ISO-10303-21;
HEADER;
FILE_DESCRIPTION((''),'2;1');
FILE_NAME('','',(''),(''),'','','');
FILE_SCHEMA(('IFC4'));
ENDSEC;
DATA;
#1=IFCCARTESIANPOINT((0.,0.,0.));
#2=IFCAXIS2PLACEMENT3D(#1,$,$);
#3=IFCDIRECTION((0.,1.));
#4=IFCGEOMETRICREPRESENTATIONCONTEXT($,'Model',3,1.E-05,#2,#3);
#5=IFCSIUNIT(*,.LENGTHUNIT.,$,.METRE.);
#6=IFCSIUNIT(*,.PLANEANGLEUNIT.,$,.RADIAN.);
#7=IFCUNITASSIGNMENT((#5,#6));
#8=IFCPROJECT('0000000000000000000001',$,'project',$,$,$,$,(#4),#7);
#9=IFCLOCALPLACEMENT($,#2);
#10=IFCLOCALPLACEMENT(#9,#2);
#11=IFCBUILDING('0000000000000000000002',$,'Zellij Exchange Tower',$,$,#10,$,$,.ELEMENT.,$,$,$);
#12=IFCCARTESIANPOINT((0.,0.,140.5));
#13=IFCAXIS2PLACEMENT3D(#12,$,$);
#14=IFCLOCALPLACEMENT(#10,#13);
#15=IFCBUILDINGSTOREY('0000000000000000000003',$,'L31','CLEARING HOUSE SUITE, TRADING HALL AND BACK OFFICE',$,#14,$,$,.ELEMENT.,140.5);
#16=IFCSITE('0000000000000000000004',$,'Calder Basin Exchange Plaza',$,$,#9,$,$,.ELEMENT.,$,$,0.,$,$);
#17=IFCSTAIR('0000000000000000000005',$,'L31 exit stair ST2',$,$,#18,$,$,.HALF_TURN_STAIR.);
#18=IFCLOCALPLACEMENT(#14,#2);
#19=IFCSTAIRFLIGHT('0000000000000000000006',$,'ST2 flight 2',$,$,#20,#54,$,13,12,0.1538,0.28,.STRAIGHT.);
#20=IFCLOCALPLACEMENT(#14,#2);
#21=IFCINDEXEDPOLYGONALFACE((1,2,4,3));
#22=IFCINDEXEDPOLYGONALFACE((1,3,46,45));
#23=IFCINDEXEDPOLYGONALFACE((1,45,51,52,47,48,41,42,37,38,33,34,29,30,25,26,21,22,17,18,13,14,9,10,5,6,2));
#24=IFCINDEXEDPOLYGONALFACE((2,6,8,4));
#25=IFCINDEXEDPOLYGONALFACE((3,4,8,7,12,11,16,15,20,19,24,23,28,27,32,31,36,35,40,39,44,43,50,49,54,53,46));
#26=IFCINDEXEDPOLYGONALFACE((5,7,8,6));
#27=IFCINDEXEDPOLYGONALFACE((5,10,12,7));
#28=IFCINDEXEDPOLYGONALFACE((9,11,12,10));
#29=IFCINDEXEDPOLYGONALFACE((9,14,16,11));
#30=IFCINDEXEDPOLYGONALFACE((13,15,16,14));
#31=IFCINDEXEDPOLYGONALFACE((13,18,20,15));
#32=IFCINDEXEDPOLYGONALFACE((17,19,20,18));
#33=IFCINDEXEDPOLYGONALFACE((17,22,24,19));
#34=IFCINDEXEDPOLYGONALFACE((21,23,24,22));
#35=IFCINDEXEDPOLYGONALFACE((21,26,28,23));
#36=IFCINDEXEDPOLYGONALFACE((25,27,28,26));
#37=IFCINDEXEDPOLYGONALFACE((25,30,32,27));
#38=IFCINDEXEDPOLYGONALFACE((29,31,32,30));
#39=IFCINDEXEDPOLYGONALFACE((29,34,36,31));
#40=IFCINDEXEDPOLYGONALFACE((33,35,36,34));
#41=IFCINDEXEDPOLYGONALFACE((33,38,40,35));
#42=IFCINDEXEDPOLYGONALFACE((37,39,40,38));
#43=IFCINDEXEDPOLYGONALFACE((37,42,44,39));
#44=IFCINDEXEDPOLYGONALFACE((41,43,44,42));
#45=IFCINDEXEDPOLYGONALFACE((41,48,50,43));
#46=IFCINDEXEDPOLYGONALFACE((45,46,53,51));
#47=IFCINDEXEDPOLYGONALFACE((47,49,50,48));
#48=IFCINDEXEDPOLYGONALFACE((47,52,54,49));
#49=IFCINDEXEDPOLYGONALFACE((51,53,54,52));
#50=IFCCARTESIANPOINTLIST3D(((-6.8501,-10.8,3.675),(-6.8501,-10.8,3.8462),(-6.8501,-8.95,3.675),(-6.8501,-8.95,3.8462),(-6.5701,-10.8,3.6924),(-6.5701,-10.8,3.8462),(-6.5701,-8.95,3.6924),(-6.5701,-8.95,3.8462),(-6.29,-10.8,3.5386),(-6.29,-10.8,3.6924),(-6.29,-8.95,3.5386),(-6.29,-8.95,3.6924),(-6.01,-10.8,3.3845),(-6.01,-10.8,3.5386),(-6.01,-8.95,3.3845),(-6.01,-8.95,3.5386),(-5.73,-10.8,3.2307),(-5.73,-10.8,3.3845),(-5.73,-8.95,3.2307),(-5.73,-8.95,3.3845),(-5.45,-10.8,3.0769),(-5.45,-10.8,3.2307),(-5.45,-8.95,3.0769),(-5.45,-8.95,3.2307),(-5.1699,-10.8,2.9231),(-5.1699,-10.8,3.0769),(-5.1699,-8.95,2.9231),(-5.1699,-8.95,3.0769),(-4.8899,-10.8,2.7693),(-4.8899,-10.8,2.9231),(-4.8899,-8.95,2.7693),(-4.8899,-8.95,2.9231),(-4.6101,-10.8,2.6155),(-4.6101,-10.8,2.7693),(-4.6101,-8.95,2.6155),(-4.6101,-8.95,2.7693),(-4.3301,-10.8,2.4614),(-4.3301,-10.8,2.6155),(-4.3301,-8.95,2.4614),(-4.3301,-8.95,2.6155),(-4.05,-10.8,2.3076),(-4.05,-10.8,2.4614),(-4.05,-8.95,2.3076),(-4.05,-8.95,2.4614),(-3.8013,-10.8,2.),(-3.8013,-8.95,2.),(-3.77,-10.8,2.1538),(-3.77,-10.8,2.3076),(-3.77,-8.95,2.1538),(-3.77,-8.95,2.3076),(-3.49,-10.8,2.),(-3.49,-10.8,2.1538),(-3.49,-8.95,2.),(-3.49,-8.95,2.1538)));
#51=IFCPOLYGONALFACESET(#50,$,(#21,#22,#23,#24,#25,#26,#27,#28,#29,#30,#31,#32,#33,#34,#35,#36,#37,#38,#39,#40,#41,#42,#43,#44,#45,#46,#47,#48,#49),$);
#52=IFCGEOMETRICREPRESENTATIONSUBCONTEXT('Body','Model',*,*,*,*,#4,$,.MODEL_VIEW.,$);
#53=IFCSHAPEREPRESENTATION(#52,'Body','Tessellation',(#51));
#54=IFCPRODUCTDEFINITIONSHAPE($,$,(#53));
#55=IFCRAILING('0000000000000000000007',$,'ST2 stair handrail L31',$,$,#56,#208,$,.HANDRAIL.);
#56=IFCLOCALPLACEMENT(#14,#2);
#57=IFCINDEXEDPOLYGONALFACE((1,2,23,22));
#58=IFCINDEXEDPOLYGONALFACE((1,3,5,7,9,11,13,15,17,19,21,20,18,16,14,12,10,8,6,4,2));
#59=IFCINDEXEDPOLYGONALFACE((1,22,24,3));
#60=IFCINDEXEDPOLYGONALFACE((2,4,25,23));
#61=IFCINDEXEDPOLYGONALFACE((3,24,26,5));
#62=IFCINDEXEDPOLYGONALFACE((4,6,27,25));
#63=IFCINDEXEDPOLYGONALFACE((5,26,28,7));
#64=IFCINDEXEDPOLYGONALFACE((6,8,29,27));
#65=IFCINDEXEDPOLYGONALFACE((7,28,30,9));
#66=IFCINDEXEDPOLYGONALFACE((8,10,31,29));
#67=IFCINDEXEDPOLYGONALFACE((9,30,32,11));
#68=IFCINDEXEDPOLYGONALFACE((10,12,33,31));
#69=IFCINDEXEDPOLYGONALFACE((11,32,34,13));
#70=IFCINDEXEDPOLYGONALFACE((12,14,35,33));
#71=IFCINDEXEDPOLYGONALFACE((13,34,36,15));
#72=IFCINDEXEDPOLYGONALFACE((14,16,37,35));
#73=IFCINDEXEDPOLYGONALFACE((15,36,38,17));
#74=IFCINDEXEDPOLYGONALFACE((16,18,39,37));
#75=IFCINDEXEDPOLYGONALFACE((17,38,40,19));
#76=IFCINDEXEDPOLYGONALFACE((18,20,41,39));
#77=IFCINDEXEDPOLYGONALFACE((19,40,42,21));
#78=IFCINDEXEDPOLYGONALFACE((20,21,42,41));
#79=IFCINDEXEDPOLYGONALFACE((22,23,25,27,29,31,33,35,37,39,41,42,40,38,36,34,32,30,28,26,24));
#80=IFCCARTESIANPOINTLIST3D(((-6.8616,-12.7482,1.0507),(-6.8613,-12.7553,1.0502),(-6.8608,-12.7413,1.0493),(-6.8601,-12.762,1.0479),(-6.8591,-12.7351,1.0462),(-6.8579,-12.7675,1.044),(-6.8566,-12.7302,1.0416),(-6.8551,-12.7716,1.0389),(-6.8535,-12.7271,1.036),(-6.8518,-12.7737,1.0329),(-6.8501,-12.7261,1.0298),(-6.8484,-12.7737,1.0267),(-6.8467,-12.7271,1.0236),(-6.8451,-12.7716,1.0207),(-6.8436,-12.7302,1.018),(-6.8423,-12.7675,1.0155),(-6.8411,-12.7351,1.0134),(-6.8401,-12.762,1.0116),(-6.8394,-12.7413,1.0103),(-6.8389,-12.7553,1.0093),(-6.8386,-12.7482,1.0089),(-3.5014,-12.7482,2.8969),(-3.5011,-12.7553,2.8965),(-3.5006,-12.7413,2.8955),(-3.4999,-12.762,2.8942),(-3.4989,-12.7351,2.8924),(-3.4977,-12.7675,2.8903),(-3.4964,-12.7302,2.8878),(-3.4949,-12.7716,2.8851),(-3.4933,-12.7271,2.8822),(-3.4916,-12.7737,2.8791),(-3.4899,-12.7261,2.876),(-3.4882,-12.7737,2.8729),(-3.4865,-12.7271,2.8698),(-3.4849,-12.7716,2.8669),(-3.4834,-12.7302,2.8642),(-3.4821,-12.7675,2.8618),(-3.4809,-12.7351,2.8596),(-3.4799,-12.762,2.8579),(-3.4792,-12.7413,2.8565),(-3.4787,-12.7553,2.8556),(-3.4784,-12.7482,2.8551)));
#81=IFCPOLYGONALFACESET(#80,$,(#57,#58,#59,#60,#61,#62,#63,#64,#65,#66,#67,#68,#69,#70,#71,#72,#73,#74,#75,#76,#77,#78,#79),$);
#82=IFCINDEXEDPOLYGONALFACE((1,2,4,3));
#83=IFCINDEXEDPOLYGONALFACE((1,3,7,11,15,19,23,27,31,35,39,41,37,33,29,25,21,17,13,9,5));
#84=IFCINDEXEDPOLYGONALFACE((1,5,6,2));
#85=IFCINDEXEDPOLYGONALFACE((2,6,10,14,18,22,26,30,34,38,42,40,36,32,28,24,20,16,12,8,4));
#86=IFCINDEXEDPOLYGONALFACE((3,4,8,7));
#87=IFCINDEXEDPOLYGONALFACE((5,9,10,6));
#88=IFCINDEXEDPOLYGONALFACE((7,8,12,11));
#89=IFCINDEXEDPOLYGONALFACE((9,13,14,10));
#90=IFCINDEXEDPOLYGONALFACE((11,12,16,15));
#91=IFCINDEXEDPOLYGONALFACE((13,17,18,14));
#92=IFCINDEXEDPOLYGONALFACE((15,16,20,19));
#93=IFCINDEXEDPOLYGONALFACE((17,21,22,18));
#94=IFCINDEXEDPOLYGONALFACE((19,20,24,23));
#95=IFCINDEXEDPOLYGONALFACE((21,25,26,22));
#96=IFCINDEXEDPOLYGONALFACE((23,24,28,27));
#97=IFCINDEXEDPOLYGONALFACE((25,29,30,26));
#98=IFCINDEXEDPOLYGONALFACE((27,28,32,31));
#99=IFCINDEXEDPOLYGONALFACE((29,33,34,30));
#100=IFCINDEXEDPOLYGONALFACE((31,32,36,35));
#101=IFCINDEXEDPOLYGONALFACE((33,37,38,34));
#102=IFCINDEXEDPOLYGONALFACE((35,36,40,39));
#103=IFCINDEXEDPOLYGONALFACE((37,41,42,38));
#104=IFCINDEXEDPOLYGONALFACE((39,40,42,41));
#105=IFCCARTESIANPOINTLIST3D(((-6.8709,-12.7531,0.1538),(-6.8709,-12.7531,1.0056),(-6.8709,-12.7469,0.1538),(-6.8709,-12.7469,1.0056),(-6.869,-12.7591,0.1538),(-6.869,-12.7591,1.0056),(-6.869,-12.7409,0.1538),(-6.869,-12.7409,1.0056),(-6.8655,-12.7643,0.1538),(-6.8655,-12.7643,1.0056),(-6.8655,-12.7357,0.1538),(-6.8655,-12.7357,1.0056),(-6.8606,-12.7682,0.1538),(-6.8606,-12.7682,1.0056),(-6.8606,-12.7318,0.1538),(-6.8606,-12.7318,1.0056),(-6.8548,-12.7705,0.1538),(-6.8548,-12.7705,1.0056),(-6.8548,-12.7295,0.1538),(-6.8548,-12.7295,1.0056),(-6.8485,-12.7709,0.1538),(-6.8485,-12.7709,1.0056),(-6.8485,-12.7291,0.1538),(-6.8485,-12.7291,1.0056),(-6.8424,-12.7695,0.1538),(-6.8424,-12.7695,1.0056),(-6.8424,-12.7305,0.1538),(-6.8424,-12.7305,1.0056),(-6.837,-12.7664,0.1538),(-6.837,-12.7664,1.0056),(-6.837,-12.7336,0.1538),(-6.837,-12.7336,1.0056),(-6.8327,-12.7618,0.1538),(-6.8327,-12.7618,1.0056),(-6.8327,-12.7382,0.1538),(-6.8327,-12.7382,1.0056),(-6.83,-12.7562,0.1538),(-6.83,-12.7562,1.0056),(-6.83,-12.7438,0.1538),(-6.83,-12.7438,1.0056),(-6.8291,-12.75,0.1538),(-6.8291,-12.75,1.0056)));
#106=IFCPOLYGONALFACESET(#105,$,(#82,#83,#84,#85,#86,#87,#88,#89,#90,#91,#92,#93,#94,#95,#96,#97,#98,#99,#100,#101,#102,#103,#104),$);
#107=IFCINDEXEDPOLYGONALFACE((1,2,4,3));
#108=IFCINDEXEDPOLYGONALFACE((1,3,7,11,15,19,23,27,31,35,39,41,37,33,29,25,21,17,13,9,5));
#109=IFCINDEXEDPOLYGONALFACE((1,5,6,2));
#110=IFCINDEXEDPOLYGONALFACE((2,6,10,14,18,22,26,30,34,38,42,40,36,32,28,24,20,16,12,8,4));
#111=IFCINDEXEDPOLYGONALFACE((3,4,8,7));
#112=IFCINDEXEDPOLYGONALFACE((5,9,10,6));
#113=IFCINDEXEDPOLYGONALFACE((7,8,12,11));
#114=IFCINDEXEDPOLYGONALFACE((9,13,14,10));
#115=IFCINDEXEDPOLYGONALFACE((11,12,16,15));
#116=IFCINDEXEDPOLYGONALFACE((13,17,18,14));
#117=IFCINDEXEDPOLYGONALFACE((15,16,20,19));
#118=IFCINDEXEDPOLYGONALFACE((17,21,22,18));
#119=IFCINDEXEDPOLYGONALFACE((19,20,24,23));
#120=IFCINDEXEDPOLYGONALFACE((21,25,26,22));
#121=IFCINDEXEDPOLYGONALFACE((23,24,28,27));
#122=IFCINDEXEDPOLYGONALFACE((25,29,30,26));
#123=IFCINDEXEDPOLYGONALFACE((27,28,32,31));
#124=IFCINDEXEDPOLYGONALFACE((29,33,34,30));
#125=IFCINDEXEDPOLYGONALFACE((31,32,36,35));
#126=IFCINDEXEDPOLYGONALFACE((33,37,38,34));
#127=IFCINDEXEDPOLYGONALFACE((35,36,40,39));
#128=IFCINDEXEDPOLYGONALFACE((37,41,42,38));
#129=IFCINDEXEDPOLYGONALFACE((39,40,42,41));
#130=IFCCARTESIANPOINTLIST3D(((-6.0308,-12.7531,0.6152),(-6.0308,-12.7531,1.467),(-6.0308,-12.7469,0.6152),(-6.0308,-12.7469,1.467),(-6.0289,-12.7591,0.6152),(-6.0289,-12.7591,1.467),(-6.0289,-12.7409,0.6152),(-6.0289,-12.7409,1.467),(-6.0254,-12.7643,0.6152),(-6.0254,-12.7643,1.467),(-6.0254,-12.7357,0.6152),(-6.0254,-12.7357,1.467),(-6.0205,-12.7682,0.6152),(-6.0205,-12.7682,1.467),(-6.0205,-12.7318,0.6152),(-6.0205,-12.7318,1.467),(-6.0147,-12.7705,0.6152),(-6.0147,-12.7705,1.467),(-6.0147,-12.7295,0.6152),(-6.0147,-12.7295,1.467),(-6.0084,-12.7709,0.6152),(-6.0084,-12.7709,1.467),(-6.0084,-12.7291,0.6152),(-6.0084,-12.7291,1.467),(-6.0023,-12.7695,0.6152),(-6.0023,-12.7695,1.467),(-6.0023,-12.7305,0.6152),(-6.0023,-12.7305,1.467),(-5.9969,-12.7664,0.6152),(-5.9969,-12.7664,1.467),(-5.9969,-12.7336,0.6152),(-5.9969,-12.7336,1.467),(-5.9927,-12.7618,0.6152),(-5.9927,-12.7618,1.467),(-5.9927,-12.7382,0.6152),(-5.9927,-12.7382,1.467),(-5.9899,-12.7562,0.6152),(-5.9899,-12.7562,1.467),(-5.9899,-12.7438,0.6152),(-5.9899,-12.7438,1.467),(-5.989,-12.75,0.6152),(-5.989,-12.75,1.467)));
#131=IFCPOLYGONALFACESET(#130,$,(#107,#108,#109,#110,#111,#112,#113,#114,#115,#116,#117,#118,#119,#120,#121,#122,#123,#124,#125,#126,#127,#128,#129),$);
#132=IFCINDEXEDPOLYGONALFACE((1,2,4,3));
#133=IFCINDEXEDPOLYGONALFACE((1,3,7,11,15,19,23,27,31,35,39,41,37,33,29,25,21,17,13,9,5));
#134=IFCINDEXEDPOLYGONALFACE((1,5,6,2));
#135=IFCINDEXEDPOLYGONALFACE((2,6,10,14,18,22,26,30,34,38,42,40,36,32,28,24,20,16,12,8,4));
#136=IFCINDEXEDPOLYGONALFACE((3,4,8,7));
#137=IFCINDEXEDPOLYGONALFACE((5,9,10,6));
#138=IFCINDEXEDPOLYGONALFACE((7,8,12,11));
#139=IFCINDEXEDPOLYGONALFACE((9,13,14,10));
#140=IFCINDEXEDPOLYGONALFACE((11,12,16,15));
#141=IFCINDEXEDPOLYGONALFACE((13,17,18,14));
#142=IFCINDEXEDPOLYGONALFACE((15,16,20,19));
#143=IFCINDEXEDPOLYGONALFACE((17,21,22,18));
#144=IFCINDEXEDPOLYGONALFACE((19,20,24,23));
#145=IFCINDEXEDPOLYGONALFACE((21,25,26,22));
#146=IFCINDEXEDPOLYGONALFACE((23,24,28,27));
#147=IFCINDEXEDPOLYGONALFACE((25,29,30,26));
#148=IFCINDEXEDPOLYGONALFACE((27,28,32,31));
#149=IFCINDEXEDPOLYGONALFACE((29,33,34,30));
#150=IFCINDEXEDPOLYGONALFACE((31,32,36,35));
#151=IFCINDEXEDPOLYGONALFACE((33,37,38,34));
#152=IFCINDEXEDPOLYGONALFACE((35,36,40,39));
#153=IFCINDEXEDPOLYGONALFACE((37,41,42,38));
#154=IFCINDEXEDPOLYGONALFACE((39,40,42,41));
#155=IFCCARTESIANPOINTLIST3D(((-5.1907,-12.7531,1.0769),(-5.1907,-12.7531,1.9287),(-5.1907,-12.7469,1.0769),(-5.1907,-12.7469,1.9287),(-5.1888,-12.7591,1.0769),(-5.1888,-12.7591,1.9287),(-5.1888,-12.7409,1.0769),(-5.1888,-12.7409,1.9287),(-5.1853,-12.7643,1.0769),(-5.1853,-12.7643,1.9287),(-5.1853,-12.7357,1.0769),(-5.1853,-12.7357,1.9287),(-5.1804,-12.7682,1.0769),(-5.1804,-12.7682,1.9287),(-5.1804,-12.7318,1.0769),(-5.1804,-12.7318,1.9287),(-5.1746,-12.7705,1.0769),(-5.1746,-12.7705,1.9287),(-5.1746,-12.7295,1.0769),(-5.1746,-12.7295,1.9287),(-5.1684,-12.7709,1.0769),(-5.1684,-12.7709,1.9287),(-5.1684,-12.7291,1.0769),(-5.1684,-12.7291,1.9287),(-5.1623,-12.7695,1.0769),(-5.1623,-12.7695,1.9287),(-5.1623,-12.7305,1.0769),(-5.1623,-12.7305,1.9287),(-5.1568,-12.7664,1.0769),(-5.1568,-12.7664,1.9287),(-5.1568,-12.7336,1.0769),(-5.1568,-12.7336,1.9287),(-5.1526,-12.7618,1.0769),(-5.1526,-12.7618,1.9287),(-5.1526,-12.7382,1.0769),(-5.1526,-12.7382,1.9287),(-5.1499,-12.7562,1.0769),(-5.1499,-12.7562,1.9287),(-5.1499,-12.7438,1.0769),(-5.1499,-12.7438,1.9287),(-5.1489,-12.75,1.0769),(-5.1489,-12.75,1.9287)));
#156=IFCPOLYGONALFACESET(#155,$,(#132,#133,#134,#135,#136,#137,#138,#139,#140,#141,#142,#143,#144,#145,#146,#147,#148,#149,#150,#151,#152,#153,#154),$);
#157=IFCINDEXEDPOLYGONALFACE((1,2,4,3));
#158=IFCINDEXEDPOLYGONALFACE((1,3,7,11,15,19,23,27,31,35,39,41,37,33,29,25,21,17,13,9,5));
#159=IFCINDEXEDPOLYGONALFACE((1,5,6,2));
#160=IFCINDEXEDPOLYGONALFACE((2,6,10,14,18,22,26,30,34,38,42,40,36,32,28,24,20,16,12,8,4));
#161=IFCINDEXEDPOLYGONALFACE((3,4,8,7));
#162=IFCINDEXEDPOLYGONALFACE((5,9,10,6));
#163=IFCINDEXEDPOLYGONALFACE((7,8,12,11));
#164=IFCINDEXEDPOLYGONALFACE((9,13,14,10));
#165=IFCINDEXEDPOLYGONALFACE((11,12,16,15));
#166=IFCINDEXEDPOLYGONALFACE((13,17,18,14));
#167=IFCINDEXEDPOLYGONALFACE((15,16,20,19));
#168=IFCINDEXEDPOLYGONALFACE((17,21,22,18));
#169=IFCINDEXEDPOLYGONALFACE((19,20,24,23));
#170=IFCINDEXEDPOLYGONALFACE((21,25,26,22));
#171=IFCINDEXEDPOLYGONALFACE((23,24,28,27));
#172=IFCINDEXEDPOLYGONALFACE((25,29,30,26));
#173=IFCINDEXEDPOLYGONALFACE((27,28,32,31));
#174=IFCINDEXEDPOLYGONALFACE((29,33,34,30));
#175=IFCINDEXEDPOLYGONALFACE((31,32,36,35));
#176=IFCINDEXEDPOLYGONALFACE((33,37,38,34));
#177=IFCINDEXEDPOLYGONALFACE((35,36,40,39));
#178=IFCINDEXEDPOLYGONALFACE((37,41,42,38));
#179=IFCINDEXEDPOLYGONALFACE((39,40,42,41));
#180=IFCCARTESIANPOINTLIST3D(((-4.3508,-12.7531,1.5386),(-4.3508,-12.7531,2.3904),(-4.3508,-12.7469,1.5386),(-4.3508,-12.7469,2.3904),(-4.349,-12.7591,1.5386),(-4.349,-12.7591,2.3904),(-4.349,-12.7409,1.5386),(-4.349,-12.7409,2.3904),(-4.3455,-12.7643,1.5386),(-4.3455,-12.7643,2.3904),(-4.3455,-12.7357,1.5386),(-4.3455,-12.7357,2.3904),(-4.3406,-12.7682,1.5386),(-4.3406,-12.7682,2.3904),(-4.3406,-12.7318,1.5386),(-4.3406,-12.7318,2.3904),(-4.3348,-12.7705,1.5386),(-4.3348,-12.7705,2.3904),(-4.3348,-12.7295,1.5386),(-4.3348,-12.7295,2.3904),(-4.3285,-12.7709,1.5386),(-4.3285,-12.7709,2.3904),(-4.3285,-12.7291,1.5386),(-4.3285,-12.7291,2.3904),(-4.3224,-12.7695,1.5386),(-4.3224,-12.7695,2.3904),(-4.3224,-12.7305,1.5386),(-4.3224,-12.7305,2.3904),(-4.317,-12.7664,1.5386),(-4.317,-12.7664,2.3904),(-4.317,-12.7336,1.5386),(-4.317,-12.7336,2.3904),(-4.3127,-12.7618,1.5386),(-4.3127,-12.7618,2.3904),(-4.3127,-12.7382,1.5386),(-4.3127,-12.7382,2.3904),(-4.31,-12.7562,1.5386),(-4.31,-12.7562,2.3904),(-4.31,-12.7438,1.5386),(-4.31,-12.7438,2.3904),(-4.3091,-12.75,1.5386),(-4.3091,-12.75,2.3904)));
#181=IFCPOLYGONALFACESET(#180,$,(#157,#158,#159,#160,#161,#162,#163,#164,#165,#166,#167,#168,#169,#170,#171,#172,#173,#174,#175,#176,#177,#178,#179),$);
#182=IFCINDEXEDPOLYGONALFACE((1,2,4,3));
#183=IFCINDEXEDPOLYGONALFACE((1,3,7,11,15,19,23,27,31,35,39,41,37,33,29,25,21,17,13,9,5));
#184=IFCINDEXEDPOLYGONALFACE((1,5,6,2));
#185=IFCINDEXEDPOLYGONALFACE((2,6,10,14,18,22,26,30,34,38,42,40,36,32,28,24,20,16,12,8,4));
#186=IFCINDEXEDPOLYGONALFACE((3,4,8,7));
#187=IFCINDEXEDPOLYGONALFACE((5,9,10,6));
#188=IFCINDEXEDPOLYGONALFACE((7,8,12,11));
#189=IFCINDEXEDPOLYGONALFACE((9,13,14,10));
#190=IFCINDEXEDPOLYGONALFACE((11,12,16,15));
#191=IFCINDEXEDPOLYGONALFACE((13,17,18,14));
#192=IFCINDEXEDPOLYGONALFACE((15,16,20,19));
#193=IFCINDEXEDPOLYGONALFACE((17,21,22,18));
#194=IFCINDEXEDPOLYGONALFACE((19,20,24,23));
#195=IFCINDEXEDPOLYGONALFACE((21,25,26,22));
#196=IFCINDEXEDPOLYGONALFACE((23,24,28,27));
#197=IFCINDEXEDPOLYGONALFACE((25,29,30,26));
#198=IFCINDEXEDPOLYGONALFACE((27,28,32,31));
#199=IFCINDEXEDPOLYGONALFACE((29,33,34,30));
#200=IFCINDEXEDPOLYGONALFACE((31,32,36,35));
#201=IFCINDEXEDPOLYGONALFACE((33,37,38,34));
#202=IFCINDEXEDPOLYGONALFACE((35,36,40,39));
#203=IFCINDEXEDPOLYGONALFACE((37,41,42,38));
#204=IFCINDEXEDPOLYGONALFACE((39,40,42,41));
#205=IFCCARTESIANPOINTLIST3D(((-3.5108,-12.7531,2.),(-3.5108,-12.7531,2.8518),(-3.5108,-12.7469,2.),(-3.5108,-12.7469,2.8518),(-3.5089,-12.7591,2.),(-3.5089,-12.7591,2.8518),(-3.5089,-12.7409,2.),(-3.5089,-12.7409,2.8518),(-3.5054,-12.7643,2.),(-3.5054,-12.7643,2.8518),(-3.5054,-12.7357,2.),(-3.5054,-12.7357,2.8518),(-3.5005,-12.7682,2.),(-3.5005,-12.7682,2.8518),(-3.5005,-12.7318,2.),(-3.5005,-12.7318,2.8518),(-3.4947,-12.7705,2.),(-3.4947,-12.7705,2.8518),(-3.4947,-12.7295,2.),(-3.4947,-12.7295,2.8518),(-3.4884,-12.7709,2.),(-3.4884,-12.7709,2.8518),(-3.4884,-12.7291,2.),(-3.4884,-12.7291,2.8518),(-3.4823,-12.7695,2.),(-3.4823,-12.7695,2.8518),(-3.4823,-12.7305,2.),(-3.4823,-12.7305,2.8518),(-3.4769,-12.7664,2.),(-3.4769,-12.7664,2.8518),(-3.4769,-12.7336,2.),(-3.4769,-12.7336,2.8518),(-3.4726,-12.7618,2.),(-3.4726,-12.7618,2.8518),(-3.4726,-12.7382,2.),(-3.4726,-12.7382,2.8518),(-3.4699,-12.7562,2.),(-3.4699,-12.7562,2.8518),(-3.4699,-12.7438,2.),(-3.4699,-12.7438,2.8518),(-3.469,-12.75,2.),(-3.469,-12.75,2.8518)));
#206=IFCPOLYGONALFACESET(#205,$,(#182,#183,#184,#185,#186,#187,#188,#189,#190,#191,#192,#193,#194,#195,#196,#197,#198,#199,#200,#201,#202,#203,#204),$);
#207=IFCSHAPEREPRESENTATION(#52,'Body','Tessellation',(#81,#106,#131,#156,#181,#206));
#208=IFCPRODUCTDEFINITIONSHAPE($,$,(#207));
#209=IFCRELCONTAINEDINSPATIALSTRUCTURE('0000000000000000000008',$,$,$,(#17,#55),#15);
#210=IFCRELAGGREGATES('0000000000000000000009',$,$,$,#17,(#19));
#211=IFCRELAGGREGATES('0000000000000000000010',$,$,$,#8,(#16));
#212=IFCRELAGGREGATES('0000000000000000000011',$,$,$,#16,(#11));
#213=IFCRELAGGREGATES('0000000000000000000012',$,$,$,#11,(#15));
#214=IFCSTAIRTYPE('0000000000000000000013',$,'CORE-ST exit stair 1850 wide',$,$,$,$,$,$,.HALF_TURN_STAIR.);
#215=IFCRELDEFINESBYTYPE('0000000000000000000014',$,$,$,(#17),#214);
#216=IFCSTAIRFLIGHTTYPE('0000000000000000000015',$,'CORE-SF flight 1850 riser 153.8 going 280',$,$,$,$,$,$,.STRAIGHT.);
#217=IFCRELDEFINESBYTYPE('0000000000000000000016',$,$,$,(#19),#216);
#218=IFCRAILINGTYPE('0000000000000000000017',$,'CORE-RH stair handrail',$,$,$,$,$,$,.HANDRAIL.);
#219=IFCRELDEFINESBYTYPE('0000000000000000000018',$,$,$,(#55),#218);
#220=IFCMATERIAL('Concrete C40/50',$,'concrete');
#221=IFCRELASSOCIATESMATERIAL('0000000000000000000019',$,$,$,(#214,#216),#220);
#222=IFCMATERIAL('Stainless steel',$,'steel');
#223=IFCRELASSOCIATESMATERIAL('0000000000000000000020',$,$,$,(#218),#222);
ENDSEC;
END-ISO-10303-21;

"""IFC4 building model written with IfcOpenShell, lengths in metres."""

from ifc_helpers import new_model, si_unit, direction, frame, origin, origin_2d, place, context, subcontext, project, spatial, polyline, circle, outline, extrude, material, type_object, element, aggregate, save


model = new_model("IFC4")

# Units and contexts
model_context = context("Model", 3, precision=1e-05, world=origin(), true_north=direction((0.0, 1.0)))
body_context = subcontext(model_context, "Body", "Model", "MODEL_VIEW")
ifc_project = project(units=[si_unit("LENGTHUNIT", "METRE"), si_unit("PLANEANGLEUNIT", "RADIAN")], contexts=[model_context])

# Site, building, storey
site_placement = place(None, origin())
site = spatial("IfcSite", under=ifc_project, at=site_placement, Name="Calder Basin Exchange Plaza", CompositionType="ELEMENT", RefElevation=0.0)
building_placement = place(site_placement, origin())
building = spatial("IfcBuilding", under=site, at=building_placement, Name="Zellij Exchange Tower", CompositionType="ELEMENT")
storey_placement = place(building_placement, frame((0.0, 0.0, 140.5)))
storey = spatial("IfcBuildingStorey", under=building, at=storey_placement, Name="L31", Description="CLEARING HOUSE SUITE, TRADING HALL AND BACK OFFICE", CompositionType="ELEMENT", Elevation=140.5)

# Stair, stair flight
ifc_material_1 = material(Name="Concrete C40/50", Category="concrete")
stair_type = type_object("IfcStairType", Name="CORE-ST exit stair 1850 wide", PredefinedType="HALF_TURN_STAIR", material=ifc_material_1)
stair_placement = place(storey_placement, origin())
stair = element("IfcStair", 1, at=stair_placement, inside=storey, type_object=stair_type, Name="L31 exit stair ST2", PredefinedType="HALF_TURN_STAIR")
stair_flight_type = type_object("IfcStairFlightType", Name="CORE-SF flight 1850 riser 153.8 going 280", PredefinedType="STRAIGHT", material=ifc_material_1)
stair_flight_1_placement = place(storey_placement, frame((-3.49, -9.875, 2.0), z_axis=(0.0, 0.0, 1.0), x_axis=(-1.0, 0.0, 0.0)))
stair_flight_1 = element("IfcStairFlight", 2, at=stair_flight_1_placement, type_object=stair_flight_type, Name="ST2 flight 2", NumberOfRisers=13, NumberOfTreads=12, PredefinedType="STRAIGHT", RiserHeight=0.1538, TreadLength=0.28, context=body_context, shape_type="SweptSolid", body=[
    extrude(outline(polyline([(0.0, 0.0), (0.0, 0.1538), (0.28, 0.1538), (0.28, 0.3076), (0.5601, 0.3076), (0.5601, 0.4614), (0.8401, 0.4614), (0.8401, 0.6155), (1.1201, 0.6155), (1.1201, 0.7693), (1.3999, 0.7693), (1.3999, 0.9231), (1.6799, 0.9231), (1.6799, 1.0769), (1.96, 1.0769), (1.96, 1.2307), (2.24, 1.2307), (2.24, 1.3845), (2.52, 1.3845), (2.52, 1.5386), (2.8, 1.5386), (2.8, 1.6924), (3.0801, 1.6924), (3.0801, 1.8462), (3.3601, 1.8462), (3.3601, 2.0), (3.3601, 1.675), (0.3113, 0.0), (0.0, 0.0)])), frame((0.0, 0.925, 0.0), z_axis=(0.0, -1.0, 0.0), x_axis=(1.0, 0.0, 0.0)), (0.0, 0.0, 1.0), 1.8501),
])
aggregate(stair, [stair_flight_1])

# Railing
ifc_material_2 = material(Name="Stainless steel", Category="steel")
railing_type_1 = type_object("IfcRailingType", Name="CORE-RH stair handrail", PredefinedType="HANDRAIL", material=ifc_material_2)
railing_1_placement = place(storey_placement, frame((-6.8501, -12.75, 0.1538)))
element("IfcRailing", 3, at=railing_1_placement, inside=storey, type_object=railing_type_1, Name="ST2 stair handrail L31", PredefinedType="HANDRAIL", context=body_context, shape_type="SweptSolid", body=[
    extrude(circle(Radius=0.0239, at=origin_2d()), frame((0.0, 0.0, 0.876), z_axis=(0.876422, 0.0, 0.481545), x_axis=(0.0, 1.0, 0.0)), (0.0, 0.0, 1.0), 3.834),
    extrude(circle(Radius=0.021, at=origin_2d()), origin(), (0.0, 0.0, 1.0), 0.8518),
    extrude(circle(Radius=0.021, at=origin_2d()), frame((0.8401, 0.0, 0.4614)), (0.0, 0.0, 1.0), 0.8518),
    extrude(circle(Radius=0.021, at=origin_2d()), frame((1.6802, 0.0, 0.9231)), (0.0, 0.0, 1.0), 0.8518),
    extrude(circle(Radius=0.021, at=origin_2d()), frame((2.52, 0.0, 1.3848)), (0.0, 0.0, 1.0), 0.8518),
    extrude(circle(Radius=0.021, at=origin_2d()), frame((3.3601, 0.0, 1.8462)), (0.0, 0.0, 1.0), 0.8518),
])

save(model, "model.ifc")
